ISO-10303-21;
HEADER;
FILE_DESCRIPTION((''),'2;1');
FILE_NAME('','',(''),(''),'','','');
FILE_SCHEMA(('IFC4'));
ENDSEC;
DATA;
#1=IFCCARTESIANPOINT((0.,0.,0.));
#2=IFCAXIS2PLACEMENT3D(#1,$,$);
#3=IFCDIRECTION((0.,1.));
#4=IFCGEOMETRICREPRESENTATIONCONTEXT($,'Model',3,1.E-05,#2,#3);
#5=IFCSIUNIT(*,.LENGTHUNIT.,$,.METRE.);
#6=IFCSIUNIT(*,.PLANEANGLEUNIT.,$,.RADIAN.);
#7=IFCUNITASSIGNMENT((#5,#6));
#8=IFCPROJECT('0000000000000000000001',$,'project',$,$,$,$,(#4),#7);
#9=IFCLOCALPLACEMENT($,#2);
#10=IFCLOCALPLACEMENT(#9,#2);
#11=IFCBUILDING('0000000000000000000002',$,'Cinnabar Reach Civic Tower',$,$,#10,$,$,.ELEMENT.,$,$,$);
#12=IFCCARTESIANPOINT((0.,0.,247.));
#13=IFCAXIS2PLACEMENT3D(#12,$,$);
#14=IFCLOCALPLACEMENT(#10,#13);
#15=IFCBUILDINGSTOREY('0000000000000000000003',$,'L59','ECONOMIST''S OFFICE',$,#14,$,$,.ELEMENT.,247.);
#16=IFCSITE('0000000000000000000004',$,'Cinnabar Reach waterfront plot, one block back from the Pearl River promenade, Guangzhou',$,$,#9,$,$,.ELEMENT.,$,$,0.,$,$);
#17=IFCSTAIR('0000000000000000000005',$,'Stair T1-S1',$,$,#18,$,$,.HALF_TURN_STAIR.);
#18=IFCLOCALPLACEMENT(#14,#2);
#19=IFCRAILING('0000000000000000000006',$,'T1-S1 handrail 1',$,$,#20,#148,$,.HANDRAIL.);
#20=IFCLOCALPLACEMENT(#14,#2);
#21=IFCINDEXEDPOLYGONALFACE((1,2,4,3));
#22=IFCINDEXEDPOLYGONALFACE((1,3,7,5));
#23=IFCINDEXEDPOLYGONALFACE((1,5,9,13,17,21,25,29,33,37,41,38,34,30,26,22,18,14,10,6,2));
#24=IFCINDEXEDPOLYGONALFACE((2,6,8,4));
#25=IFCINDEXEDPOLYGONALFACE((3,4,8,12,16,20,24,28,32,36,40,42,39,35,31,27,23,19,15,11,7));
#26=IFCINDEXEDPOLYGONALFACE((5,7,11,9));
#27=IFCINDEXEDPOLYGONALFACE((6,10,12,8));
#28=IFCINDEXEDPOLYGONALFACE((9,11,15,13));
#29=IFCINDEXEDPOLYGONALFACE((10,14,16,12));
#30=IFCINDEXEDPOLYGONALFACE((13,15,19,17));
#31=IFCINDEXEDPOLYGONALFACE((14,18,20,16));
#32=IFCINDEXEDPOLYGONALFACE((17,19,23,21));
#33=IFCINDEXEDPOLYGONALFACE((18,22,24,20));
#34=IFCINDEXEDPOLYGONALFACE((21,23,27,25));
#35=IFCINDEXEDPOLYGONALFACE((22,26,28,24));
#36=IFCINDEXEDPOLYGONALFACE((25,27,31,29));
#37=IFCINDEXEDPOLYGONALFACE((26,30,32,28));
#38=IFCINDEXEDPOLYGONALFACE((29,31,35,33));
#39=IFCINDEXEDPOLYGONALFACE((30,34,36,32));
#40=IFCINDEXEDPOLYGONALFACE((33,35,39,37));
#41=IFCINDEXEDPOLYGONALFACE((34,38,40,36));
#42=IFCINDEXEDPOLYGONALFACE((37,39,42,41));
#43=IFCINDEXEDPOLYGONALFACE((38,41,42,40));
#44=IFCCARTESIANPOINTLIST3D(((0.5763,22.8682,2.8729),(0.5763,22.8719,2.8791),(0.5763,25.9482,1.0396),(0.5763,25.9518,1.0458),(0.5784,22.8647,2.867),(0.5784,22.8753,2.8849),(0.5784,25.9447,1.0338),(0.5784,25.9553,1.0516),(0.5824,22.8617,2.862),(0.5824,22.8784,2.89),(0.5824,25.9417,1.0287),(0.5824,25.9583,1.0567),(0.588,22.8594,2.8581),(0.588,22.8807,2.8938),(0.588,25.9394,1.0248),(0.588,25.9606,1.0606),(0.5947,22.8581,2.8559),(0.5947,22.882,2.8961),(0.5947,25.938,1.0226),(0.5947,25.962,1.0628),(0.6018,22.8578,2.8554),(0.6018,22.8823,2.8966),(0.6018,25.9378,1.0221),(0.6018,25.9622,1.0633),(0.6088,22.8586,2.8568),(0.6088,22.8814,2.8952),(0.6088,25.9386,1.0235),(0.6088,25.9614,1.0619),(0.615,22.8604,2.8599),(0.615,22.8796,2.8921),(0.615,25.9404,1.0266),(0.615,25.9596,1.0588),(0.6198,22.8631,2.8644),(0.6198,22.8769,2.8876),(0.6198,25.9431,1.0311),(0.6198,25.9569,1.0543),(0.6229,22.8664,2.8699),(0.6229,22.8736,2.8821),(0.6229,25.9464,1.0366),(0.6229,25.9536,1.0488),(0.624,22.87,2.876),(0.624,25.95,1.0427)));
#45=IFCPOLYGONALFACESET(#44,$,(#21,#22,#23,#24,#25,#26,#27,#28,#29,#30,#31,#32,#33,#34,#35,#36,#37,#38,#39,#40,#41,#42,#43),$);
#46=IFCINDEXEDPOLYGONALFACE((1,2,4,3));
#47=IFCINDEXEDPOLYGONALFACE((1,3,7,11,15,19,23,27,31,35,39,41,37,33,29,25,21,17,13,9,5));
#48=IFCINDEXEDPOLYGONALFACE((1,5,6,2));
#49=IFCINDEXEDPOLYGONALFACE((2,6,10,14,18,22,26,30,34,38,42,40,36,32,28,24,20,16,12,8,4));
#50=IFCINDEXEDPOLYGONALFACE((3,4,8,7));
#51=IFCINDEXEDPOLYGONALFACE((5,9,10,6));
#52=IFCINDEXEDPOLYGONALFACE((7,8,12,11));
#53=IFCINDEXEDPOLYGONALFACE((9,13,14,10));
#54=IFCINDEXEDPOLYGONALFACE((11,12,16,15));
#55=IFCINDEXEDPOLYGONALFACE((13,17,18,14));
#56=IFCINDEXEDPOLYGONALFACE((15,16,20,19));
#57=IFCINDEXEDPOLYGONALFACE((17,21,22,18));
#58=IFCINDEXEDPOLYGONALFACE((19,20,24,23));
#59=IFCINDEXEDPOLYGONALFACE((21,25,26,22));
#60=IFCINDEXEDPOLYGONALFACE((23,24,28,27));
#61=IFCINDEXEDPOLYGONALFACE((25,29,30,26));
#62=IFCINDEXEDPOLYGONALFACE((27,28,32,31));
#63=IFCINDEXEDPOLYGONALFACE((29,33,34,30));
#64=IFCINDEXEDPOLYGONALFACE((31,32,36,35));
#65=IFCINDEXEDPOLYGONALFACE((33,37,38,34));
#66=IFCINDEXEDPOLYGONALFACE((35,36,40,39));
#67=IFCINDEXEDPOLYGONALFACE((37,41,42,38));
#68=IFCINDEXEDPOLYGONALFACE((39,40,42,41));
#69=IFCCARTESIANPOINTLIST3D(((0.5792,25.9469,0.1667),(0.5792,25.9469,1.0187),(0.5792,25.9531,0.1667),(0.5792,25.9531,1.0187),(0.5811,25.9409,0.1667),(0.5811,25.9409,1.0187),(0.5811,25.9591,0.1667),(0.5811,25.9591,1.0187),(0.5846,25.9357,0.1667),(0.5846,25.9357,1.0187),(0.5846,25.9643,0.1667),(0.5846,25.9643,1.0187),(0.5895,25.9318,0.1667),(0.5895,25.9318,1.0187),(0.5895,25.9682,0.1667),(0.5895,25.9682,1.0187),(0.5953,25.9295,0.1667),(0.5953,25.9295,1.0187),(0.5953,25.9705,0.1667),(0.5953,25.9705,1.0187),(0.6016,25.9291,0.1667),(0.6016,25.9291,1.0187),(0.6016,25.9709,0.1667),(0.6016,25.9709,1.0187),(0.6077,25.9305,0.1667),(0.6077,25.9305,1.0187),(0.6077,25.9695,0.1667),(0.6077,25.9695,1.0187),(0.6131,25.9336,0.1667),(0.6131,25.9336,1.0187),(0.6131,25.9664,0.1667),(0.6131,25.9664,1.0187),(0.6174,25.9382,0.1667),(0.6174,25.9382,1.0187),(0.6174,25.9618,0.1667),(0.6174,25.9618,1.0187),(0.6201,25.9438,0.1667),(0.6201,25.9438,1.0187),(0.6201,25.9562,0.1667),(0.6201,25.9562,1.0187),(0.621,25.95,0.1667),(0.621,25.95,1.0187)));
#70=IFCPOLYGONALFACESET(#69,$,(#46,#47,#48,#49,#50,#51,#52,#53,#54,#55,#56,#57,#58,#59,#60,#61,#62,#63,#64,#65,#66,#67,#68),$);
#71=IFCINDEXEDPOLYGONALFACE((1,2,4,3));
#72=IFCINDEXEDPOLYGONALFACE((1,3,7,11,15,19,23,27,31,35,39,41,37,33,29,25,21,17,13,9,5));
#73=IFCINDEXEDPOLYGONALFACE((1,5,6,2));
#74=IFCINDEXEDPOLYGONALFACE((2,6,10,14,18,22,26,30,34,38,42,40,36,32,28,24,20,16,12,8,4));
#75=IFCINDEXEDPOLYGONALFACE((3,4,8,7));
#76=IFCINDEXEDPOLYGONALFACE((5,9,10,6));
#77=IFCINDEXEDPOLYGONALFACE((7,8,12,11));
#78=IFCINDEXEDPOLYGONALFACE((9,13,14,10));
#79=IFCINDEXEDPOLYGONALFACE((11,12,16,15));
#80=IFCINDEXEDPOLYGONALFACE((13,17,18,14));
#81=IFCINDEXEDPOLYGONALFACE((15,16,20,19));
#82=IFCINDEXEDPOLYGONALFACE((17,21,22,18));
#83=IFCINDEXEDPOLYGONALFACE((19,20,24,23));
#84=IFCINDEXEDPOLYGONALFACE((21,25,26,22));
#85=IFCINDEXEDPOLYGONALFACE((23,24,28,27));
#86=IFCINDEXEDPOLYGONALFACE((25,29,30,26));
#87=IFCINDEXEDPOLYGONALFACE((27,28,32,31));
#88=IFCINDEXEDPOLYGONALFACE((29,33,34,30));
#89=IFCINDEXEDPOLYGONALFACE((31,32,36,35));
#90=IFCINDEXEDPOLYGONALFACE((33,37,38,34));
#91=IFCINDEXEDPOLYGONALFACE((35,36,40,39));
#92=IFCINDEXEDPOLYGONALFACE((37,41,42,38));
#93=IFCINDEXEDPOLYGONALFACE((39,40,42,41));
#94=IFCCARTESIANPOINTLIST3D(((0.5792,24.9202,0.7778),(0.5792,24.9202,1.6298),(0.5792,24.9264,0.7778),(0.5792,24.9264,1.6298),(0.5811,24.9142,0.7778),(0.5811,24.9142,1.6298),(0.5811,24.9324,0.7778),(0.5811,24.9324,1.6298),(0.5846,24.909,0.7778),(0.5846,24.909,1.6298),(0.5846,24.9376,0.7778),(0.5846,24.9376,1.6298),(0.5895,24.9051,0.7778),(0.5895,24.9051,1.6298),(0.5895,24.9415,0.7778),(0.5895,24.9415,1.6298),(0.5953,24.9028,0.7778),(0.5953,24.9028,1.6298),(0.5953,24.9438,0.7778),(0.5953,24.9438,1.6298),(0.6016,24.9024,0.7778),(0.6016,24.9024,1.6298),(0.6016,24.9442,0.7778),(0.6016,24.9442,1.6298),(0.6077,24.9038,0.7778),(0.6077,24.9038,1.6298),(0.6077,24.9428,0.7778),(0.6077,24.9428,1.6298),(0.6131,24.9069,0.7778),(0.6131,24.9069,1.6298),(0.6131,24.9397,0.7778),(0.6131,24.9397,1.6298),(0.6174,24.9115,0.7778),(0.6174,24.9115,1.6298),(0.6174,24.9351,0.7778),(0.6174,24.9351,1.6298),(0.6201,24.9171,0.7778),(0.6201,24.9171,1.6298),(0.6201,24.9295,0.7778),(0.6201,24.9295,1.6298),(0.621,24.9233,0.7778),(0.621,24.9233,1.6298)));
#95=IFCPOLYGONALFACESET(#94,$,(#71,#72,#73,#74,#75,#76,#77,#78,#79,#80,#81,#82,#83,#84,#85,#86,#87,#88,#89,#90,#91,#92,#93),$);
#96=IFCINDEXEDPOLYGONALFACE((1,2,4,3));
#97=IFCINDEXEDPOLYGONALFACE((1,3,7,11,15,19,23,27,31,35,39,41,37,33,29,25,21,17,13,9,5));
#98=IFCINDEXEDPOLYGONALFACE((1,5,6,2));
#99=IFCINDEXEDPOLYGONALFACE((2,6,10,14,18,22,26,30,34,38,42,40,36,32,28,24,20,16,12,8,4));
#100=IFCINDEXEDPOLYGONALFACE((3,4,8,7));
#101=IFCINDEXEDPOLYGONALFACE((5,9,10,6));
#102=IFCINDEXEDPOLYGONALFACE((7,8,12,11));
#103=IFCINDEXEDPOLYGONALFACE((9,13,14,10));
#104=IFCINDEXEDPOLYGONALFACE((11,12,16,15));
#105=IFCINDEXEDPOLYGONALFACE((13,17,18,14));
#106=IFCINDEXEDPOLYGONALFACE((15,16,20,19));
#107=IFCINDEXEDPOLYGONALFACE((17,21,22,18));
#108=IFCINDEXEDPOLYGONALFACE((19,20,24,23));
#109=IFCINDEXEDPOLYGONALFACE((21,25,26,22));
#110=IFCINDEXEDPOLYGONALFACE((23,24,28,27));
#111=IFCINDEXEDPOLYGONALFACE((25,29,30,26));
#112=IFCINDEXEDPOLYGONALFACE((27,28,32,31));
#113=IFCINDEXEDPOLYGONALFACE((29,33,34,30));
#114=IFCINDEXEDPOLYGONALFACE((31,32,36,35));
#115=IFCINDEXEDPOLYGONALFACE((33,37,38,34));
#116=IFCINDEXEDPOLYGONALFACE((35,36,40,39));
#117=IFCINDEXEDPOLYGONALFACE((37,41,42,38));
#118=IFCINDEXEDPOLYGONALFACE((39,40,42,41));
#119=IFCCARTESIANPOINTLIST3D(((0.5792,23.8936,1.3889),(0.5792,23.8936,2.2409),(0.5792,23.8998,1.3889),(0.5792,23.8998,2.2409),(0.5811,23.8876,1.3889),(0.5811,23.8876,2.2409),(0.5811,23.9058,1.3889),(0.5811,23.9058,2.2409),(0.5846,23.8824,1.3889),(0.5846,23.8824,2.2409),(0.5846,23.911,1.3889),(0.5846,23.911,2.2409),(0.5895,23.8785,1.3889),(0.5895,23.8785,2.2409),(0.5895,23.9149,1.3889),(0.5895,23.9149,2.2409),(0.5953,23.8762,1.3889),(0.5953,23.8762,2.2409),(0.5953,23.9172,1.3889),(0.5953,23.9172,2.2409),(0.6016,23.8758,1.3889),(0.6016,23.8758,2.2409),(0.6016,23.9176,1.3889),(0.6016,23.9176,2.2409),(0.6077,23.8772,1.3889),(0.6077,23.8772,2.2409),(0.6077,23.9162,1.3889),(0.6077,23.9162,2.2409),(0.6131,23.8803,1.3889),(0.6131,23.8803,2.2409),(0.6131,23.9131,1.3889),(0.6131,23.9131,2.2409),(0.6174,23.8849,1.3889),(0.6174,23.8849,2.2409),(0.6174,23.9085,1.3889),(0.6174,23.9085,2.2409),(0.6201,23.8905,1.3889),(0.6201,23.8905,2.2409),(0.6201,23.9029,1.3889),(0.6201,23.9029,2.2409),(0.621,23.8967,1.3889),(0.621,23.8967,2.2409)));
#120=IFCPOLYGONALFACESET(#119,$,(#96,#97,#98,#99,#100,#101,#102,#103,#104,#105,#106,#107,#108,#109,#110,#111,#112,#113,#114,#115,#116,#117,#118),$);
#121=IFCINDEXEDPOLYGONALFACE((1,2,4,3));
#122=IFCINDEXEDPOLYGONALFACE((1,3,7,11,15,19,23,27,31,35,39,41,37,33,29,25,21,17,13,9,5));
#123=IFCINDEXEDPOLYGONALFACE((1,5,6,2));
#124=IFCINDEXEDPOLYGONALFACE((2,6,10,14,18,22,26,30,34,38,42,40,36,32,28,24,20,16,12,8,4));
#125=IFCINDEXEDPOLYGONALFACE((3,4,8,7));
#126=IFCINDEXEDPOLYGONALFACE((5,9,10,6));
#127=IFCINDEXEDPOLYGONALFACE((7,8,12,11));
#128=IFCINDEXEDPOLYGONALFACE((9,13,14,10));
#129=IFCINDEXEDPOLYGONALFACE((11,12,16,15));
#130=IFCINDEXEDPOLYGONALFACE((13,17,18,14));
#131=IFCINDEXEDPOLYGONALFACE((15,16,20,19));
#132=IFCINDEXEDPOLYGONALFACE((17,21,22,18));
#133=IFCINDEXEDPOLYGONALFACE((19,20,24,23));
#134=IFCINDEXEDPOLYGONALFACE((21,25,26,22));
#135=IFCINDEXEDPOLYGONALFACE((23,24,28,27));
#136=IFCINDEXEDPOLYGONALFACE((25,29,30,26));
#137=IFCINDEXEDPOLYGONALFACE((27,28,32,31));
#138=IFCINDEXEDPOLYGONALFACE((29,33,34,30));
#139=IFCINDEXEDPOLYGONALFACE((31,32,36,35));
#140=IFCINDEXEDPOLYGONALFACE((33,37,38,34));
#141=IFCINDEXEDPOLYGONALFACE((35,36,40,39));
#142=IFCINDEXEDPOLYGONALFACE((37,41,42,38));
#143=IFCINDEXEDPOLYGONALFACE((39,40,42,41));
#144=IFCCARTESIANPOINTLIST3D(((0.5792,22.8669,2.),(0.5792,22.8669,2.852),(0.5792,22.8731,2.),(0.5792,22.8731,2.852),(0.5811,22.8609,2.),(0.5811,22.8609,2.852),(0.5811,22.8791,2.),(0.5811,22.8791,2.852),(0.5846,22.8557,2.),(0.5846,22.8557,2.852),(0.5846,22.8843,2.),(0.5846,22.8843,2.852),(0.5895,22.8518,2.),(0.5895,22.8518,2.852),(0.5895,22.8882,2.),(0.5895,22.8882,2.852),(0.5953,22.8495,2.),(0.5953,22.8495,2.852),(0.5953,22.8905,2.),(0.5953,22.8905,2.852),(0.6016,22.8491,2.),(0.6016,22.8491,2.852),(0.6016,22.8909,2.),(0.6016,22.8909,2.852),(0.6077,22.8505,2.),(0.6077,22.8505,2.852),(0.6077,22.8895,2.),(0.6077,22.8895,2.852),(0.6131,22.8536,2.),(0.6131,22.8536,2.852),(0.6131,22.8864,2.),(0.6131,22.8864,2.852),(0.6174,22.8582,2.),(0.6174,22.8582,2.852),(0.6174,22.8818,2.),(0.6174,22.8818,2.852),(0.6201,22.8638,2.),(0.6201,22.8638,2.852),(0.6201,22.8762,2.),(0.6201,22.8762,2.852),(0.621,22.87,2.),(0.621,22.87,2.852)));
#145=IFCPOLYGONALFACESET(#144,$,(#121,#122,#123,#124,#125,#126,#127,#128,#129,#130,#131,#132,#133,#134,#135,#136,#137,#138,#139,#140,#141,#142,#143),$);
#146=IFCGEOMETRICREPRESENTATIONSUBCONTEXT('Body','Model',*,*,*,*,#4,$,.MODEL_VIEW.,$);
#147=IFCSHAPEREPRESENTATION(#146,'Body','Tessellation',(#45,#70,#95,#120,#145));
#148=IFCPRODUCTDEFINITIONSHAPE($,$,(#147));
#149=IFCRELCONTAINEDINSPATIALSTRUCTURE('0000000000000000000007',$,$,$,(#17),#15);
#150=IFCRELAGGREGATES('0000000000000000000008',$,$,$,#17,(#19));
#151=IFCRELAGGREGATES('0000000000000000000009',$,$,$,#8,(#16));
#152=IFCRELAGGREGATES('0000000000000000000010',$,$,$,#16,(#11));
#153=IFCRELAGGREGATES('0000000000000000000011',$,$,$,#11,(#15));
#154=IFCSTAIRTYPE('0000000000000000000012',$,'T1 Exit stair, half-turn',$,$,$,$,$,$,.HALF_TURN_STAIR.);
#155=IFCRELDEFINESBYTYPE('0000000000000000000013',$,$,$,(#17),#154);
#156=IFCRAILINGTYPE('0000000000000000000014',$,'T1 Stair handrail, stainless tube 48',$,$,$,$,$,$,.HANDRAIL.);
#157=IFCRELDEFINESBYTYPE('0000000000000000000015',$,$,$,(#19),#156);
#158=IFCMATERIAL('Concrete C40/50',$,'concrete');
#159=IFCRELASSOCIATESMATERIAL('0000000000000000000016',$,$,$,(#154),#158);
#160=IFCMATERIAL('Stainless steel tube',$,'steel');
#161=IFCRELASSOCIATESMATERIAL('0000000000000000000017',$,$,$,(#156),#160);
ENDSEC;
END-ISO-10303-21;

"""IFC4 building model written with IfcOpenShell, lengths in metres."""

from ifc_helpers import new_model, si_unit, direction, frame, origin, origin_2d, place, context, subcontext, project, spatial, circle, extrude, material, type_object, element, aggregate, save


model = new_model("IFC4")

# Units and contexts
model_context = context("Model", 3, precision=1e-05, world=origin(), true_north=direction((0.0, 1.0)))
body_context = subcontext(model_context, "Body", "Model", "MODEL_VIEW")
ifc_project = project(units=[si_unit("LENGTHUNIT", "METRE"), si_unit("PLANEANGLEUNIT", "RADIAN")], contexts=[model_context])

# Site, building, storey
site_placement = place(None, origin())
site = spatial("IfcSite", under=ifc_project, at=site_placement, Name="Cinnabar Reach waterfront plot, one block back from the Pearl River promenade, Guangzhou", CompositionType="ELEMENT", RefElevation=0.0)
building_placement = place(site_placement, origin())
building = spatial("IfcBuilding", under=site, at=building_placement, Name="Cinnabar Reach Civic Tower", CompositionType="ELEMENT")
storey_placement = place(building_placement, frame((0.0, 0.0, 247.0)))
storey = spatial("IfcBuildingStorey", under=building, at=storey_placement, Name="L59", Description="ECONOMIST'S OFFICE", CompositionType="ELEMENT", Elevation=247.0)

# Shared definitions
ifc_material_1 = material(Name="Concrete C40/50", Category="concrete")

# Stair, railing
stair_type = type_object("IfcStairType", Name="T1 Exit stair, half-turn", PredefinedType="HALF_TURN_STAIR", material=ifc_material_1)
stair_placement = place(storey_placement, origin())
stair = element("IfcStair", 1, at=stair_placement, inside=storey, type_object=stair_type, Name="Stair T1-S1", PredefinedType="HALF_TURN_STAIR")
ifc_material_2 = material(Name="Stainless steel tube", Category="steel")
railing_type = type_object("IfcRailingType", Name="T1 Stair handrail, stainless tube 48", PredefinedType="HANDRAIL", material=ifc_material_2)
railing_1_placement = place(storey_placement, frame((0.6, 25.95, 0.1667)))
railing_1 = element("IfcRailing", 2, at=railing_1_placement, type_object=railing_type, Name="T1-S1 handrail 1", PredefinedType="HANDRAIL", context=body_context, shape_type="SweptSolid", body=[
    extrude(circle(Radius=0.024, at=origin_2d()), frame((0.0, 0.0, 0.876), z_axis=(0.0, -0.859297, 0.511477), x_axis=(1.0, 0.0, 0.0)), (0.0, 0.0, 1.0), 3.5843),
    extrude(circle(Radius=0.021, at=origin_2d()), origin(), (0.0, 0.0, 1.0), 0.852),
    extrude(circle(Radius=0.021, at=origin_2d()), frame((0.0, -1.0267, 0.6111)), (0.0, 0.0, 1.0), 0.852),
    extrude(circle(Radius=0.021, at=origin_2d()), frame((0.0, -2.0533, 1.2222)), (0.0, 0.0, 1.0), 0.852),
    extrude(circle(Radius=0.021, at=origin_2d()), frame((0.0, -3.08, 1.8333)), (0.0, 0.0, 1.0), 0.852),
])
aggregate(stair, [railing_1])

save(model, "model.ifc")
